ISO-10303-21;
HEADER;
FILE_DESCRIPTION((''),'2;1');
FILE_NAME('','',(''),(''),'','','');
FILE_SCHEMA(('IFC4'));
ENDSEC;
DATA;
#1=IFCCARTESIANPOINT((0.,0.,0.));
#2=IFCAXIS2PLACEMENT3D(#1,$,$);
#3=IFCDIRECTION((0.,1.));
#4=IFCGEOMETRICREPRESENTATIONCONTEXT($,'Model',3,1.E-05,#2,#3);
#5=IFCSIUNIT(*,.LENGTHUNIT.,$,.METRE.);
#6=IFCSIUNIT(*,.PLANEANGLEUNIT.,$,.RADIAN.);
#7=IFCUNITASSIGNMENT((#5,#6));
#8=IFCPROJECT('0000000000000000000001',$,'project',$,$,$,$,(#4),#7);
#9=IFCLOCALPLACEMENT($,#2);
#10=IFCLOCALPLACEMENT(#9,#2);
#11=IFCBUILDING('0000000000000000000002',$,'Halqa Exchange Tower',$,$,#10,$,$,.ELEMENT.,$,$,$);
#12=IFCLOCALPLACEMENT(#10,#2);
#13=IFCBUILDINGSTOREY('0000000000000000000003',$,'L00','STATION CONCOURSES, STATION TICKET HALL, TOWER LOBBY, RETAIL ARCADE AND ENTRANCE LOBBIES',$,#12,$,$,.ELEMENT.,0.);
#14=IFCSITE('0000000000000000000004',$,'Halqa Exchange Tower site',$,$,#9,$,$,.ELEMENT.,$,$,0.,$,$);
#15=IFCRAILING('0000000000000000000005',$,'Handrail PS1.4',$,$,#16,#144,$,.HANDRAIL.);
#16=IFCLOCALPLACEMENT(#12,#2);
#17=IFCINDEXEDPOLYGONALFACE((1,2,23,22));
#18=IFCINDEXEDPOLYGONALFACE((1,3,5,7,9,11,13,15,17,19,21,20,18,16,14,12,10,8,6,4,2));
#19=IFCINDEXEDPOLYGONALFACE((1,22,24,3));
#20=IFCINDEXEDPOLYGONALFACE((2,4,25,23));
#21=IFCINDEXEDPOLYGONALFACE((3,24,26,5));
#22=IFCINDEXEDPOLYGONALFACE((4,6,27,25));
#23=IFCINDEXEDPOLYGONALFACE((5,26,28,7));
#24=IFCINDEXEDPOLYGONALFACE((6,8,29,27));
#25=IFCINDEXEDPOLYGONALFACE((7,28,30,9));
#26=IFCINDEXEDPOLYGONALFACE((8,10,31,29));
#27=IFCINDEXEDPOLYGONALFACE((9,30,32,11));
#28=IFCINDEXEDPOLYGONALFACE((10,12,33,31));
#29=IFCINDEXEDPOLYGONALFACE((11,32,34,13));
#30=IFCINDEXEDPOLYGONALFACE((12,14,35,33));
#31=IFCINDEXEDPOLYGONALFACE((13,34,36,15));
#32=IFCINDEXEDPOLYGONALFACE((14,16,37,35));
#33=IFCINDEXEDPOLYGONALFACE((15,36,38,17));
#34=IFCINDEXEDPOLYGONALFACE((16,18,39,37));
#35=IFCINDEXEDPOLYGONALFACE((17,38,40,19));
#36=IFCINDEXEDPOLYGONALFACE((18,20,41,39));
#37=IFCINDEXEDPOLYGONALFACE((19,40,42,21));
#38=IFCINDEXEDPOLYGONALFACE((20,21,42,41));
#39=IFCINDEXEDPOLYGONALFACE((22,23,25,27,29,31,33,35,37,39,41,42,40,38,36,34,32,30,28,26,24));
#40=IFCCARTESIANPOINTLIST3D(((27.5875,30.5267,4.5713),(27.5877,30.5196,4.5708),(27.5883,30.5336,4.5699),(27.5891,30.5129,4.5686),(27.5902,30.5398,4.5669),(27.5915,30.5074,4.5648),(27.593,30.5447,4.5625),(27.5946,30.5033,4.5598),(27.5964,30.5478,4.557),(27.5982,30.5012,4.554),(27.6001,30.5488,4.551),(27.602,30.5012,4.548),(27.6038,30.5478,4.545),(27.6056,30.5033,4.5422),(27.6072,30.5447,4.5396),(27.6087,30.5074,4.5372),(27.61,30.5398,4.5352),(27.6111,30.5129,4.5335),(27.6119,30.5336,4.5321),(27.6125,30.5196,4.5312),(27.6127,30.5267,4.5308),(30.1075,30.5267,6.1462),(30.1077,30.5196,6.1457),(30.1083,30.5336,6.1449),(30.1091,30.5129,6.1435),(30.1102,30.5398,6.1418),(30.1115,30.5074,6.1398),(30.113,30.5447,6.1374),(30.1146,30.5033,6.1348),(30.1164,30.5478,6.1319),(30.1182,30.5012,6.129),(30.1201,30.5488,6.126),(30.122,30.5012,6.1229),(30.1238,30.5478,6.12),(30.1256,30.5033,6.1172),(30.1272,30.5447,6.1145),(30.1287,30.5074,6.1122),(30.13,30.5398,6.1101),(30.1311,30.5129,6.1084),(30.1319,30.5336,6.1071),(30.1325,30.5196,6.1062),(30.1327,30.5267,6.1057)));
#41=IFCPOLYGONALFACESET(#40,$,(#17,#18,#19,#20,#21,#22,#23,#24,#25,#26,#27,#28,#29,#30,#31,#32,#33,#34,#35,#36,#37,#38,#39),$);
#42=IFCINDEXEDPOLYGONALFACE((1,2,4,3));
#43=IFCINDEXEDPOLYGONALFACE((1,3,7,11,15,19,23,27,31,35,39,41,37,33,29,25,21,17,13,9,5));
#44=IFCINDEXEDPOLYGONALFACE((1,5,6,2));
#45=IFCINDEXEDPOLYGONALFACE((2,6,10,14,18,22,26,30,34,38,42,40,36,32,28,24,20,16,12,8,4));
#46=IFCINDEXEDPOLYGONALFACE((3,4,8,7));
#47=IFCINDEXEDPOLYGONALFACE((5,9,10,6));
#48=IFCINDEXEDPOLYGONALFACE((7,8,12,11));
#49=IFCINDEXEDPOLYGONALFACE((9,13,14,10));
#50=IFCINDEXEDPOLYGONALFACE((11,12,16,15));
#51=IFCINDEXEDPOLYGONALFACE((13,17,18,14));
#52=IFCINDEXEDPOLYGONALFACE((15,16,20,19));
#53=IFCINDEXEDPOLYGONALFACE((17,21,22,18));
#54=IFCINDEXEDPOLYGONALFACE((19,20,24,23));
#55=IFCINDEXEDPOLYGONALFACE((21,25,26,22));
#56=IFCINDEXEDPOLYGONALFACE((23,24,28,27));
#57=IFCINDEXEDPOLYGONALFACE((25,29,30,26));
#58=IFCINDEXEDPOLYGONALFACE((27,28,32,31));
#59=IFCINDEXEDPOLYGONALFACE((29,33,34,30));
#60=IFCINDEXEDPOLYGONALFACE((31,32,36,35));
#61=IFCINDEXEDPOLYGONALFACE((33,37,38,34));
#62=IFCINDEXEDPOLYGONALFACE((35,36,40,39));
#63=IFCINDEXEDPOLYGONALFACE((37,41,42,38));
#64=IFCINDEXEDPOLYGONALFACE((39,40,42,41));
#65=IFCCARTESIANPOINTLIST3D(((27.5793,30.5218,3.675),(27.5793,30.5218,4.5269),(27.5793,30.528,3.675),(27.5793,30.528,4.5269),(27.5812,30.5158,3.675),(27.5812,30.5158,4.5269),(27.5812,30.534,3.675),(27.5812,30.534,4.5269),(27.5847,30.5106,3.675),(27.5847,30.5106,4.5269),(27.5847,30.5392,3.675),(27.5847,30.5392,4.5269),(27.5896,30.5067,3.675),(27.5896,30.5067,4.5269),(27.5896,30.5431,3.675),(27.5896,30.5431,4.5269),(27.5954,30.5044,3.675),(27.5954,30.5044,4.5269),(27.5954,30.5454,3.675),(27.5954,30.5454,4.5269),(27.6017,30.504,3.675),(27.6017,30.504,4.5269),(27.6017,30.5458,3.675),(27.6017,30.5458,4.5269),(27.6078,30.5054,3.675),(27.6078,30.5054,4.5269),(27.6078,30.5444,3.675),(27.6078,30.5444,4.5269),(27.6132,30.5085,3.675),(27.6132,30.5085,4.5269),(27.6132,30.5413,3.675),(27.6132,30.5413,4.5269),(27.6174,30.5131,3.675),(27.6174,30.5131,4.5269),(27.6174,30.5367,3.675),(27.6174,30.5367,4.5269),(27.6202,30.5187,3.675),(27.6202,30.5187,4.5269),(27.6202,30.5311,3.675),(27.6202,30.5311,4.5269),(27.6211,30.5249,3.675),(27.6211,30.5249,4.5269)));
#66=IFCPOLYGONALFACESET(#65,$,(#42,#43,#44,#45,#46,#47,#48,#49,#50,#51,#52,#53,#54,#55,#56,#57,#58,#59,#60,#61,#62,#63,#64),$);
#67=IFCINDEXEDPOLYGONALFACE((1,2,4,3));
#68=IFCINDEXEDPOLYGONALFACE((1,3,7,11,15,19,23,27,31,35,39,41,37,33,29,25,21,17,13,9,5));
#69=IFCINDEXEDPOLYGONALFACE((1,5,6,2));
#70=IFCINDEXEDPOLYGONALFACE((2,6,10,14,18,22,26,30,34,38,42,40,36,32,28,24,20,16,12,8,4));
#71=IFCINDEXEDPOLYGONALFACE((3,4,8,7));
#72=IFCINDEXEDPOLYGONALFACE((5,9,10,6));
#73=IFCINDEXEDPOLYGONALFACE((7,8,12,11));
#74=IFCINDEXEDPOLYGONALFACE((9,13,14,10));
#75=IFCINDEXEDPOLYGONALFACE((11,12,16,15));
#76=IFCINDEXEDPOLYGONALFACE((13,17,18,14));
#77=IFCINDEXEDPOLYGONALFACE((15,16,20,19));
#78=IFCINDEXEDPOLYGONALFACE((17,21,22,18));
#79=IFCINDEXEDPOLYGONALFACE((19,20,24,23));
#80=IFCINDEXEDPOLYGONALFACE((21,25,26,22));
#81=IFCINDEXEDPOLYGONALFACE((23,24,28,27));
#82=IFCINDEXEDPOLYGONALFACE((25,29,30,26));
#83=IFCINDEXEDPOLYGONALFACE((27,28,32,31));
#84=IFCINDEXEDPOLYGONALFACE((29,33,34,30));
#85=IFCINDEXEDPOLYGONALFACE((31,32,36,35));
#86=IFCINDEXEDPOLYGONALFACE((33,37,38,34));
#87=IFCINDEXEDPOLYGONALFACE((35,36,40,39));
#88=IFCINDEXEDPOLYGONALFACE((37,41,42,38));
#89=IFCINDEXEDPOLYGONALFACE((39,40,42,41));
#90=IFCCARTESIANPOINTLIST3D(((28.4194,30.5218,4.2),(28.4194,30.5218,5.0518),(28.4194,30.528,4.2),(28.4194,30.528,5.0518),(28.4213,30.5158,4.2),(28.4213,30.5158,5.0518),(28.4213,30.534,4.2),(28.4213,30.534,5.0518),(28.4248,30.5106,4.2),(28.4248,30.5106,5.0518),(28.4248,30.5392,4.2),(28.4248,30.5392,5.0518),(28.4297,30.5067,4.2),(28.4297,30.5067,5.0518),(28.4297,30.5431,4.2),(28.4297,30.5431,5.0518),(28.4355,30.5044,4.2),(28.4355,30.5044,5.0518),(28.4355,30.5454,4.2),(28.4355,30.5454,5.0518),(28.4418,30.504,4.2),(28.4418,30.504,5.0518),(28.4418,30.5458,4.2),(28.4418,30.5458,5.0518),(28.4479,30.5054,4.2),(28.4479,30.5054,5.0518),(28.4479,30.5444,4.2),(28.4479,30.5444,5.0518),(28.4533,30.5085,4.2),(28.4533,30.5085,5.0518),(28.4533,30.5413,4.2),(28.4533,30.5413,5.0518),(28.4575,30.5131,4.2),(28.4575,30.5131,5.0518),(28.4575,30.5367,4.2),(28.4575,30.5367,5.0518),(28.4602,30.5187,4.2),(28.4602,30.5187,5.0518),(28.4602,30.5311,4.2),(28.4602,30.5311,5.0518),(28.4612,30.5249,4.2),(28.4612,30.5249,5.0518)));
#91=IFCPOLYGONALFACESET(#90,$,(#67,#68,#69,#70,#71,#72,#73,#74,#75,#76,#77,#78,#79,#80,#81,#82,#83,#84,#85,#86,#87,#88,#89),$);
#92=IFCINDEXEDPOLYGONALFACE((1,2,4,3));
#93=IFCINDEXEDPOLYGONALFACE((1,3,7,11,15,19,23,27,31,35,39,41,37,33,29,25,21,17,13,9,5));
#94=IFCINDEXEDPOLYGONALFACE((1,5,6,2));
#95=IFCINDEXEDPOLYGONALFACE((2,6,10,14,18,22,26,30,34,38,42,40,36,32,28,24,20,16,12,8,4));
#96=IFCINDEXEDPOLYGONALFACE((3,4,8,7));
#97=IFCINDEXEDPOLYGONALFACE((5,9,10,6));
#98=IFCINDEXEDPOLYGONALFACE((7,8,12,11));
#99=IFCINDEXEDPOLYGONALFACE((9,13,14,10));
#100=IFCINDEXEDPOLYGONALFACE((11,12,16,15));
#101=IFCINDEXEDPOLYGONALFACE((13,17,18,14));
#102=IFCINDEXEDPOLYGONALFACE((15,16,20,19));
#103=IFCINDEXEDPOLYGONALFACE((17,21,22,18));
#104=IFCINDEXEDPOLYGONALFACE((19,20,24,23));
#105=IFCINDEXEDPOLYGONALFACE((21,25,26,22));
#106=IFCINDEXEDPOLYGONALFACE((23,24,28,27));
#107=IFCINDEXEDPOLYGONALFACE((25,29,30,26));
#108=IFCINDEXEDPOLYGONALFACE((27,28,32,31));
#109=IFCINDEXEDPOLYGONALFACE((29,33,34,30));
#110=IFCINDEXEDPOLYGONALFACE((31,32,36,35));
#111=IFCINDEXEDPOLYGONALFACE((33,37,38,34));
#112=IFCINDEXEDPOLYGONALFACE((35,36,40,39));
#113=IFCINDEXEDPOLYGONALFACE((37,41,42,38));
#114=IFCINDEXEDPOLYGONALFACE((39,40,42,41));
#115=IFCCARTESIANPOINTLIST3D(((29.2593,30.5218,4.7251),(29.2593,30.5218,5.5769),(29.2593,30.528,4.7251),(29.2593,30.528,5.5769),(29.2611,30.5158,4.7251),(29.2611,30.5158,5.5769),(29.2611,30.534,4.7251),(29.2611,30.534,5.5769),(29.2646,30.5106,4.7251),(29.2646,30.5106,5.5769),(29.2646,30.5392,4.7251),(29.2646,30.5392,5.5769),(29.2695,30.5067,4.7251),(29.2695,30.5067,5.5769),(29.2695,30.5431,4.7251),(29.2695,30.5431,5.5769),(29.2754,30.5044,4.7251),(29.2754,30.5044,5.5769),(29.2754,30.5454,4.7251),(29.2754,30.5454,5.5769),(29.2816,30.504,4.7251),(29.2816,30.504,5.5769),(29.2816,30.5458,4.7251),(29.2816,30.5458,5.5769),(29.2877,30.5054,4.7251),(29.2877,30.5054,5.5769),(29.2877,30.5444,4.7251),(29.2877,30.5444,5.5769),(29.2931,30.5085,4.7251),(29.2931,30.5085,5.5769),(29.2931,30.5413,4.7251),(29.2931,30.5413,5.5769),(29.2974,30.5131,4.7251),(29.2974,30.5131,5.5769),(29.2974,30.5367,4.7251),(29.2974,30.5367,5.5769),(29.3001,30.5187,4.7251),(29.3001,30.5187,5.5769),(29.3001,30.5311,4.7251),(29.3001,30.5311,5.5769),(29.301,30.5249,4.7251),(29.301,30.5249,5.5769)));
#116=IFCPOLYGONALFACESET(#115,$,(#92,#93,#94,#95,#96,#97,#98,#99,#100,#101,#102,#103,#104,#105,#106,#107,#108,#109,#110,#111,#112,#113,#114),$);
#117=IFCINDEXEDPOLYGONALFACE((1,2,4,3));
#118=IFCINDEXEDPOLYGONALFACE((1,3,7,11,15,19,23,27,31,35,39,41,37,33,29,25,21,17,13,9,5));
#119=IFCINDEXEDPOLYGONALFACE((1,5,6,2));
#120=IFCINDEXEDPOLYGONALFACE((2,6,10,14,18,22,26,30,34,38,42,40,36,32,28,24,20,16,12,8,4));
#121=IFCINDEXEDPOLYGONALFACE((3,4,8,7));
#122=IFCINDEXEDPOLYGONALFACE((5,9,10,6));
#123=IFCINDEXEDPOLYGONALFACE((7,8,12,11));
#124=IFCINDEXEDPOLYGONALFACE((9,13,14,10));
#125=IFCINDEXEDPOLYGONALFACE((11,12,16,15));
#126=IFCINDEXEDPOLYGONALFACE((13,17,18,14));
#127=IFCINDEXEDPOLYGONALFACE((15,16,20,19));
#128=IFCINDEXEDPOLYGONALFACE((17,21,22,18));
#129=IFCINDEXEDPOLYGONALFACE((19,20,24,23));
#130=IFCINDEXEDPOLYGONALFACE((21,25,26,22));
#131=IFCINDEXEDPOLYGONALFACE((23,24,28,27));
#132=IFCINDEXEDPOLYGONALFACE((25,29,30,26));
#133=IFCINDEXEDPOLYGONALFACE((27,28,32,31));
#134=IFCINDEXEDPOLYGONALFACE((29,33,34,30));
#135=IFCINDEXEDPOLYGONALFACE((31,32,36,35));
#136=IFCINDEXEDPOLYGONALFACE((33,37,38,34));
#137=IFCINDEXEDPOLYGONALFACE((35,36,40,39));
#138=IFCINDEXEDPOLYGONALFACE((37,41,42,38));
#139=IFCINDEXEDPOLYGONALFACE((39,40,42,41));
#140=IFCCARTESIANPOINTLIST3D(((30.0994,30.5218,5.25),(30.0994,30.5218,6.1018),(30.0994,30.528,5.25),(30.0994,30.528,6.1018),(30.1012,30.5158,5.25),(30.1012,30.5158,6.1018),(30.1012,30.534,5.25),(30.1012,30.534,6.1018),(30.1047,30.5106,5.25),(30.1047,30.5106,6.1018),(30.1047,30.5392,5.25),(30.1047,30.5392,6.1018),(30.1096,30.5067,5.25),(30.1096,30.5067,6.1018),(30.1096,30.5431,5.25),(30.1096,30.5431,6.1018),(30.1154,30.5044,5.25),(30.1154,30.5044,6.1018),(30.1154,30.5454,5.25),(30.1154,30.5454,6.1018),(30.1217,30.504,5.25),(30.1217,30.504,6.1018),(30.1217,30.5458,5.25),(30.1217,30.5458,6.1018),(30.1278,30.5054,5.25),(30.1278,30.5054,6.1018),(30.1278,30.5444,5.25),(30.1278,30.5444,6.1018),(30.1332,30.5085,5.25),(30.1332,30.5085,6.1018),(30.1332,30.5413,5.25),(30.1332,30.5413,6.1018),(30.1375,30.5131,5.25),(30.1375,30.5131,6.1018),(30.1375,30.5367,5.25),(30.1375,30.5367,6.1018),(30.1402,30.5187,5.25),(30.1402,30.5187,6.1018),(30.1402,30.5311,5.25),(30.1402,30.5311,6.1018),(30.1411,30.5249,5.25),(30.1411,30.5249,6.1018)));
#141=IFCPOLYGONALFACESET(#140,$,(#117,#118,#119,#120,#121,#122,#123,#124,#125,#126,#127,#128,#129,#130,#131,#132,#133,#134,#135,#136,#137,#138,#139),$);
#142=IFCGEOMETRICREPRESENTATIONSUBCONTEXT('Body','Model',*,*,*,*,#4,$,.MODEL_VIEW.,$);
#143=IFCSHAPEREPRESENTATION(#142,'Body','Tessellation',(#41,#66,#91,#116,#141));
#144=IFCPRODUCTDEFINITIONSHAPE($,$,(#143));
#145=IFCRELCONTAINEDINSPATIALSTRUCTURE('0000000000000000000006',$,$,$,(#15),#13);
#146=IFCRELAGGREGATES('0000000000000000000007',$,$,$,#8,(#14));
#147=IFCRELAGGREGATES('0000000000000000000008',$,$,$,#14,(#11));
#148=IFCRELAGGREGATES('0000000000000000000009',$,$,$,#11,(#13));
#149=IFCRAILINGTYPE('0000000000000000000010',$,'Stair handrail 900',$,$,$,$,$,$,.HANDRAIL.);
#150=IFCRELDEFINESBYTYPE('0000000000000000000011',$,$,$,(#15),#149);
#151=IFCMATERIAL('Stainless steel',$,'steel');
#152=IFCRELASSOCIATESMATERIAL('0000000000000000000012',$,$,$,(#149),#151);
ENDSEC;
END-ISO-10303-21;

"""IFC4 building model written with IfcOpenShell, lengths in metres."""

from ifc_helpers import new_model, si_unit, direction, frame, origin, origin_2d, place, context, subcontext, project, spatial, circle, extrude, material, type_object, element, save


model = new_model("IFC4")

# Units and contexts
model_context = context("Model", 3, precision=1e-05, world=origin(), true_north=direction((0.0, 1.0)))
body_context = subcontext(model_context, "Body", "Model", "MODEL_VIEW")
ifc_project = project(units=[si_unit("LENGTHUNIT", "METRE"), si_unit("PLANEANGLEUNIT", "RADIAN")], contexts=[model_context])

# Site, building, storey
site_placement = place(None, origin())
site = spatial("IfcSite", under=ifc_project, at=site_placement, Name="Halqa Exchange Tower site", CompositionType="ELEMENT", RefElevation=0.0)
building_placement = place(site_placement, origin())
building = spatial("IfcBuilding", under=site, at=building_placement, Name="Halqa Exchange Tower", CompositionType="ELEMENT")
storey_placement = place(building_placement, origin())
storey = spatial("IfcBuildingStorey", under=building, at=storey_placement, Name="L00", Description="STATION CONCOURSES, STATION TICKET HALL, TOWER LOBBY, RETAIL ARCADE AND ENTRANCE LOBBIES", CompositionType="ELEMENT", Elevation=0.0)

# Railing
ifc_material_1 = material(Name="Stainless steel", Category="steel")
railing_type = type_object("IfcRailingType", Name="Stair handrail 900", PredefinedType="HANDRAIL", material=ifc_material_1)
for number, where, name in (
    (1, (27.6001, 30.5249, 3.675), "Handrail PS1.4"),
):
    element("IfcRailing", number, at=place(storey_placement, frame(where)), inside=storey, type_object=railing_type, Name=name, PredefinedType="HANDRAIL", context=body_context, shape_type="SweptSolid", body=[
        extrude(circle(Radius=0.0239, at=origin_2d()), frame((0.0, 0.0, 0.876), z_axis=(0.848008, 0.0, 0.529984), x_axis=(0.0, 1.0, 0.0)), (0.0, 0.0, 1.0), 2.9717),
        extrude(circle(Radius=0.021, at=origin_2d()), origin(), (0.0, 0.0, 1.0), 0.8518),
        extrude(circle(Radius=0.021, at=origin_2d()), frame((0.8401, 0.0, 0.5249)), (0.0, 0.0, 1.0), 0.8518),
        extrude(circle(Radius=0.021, at=origin_2d()), frame((1.6799, 0.0, 1.05)), (0.0, 0.0, 1.0), 0.8518),
        extrude(circle(Radius=0.021, at=origin_2d()), frame((2.52, 0.0, 1.575)), (0.0, 0.0, 1.0), 0.8518),
    ])

save(model, "model.ifc")
